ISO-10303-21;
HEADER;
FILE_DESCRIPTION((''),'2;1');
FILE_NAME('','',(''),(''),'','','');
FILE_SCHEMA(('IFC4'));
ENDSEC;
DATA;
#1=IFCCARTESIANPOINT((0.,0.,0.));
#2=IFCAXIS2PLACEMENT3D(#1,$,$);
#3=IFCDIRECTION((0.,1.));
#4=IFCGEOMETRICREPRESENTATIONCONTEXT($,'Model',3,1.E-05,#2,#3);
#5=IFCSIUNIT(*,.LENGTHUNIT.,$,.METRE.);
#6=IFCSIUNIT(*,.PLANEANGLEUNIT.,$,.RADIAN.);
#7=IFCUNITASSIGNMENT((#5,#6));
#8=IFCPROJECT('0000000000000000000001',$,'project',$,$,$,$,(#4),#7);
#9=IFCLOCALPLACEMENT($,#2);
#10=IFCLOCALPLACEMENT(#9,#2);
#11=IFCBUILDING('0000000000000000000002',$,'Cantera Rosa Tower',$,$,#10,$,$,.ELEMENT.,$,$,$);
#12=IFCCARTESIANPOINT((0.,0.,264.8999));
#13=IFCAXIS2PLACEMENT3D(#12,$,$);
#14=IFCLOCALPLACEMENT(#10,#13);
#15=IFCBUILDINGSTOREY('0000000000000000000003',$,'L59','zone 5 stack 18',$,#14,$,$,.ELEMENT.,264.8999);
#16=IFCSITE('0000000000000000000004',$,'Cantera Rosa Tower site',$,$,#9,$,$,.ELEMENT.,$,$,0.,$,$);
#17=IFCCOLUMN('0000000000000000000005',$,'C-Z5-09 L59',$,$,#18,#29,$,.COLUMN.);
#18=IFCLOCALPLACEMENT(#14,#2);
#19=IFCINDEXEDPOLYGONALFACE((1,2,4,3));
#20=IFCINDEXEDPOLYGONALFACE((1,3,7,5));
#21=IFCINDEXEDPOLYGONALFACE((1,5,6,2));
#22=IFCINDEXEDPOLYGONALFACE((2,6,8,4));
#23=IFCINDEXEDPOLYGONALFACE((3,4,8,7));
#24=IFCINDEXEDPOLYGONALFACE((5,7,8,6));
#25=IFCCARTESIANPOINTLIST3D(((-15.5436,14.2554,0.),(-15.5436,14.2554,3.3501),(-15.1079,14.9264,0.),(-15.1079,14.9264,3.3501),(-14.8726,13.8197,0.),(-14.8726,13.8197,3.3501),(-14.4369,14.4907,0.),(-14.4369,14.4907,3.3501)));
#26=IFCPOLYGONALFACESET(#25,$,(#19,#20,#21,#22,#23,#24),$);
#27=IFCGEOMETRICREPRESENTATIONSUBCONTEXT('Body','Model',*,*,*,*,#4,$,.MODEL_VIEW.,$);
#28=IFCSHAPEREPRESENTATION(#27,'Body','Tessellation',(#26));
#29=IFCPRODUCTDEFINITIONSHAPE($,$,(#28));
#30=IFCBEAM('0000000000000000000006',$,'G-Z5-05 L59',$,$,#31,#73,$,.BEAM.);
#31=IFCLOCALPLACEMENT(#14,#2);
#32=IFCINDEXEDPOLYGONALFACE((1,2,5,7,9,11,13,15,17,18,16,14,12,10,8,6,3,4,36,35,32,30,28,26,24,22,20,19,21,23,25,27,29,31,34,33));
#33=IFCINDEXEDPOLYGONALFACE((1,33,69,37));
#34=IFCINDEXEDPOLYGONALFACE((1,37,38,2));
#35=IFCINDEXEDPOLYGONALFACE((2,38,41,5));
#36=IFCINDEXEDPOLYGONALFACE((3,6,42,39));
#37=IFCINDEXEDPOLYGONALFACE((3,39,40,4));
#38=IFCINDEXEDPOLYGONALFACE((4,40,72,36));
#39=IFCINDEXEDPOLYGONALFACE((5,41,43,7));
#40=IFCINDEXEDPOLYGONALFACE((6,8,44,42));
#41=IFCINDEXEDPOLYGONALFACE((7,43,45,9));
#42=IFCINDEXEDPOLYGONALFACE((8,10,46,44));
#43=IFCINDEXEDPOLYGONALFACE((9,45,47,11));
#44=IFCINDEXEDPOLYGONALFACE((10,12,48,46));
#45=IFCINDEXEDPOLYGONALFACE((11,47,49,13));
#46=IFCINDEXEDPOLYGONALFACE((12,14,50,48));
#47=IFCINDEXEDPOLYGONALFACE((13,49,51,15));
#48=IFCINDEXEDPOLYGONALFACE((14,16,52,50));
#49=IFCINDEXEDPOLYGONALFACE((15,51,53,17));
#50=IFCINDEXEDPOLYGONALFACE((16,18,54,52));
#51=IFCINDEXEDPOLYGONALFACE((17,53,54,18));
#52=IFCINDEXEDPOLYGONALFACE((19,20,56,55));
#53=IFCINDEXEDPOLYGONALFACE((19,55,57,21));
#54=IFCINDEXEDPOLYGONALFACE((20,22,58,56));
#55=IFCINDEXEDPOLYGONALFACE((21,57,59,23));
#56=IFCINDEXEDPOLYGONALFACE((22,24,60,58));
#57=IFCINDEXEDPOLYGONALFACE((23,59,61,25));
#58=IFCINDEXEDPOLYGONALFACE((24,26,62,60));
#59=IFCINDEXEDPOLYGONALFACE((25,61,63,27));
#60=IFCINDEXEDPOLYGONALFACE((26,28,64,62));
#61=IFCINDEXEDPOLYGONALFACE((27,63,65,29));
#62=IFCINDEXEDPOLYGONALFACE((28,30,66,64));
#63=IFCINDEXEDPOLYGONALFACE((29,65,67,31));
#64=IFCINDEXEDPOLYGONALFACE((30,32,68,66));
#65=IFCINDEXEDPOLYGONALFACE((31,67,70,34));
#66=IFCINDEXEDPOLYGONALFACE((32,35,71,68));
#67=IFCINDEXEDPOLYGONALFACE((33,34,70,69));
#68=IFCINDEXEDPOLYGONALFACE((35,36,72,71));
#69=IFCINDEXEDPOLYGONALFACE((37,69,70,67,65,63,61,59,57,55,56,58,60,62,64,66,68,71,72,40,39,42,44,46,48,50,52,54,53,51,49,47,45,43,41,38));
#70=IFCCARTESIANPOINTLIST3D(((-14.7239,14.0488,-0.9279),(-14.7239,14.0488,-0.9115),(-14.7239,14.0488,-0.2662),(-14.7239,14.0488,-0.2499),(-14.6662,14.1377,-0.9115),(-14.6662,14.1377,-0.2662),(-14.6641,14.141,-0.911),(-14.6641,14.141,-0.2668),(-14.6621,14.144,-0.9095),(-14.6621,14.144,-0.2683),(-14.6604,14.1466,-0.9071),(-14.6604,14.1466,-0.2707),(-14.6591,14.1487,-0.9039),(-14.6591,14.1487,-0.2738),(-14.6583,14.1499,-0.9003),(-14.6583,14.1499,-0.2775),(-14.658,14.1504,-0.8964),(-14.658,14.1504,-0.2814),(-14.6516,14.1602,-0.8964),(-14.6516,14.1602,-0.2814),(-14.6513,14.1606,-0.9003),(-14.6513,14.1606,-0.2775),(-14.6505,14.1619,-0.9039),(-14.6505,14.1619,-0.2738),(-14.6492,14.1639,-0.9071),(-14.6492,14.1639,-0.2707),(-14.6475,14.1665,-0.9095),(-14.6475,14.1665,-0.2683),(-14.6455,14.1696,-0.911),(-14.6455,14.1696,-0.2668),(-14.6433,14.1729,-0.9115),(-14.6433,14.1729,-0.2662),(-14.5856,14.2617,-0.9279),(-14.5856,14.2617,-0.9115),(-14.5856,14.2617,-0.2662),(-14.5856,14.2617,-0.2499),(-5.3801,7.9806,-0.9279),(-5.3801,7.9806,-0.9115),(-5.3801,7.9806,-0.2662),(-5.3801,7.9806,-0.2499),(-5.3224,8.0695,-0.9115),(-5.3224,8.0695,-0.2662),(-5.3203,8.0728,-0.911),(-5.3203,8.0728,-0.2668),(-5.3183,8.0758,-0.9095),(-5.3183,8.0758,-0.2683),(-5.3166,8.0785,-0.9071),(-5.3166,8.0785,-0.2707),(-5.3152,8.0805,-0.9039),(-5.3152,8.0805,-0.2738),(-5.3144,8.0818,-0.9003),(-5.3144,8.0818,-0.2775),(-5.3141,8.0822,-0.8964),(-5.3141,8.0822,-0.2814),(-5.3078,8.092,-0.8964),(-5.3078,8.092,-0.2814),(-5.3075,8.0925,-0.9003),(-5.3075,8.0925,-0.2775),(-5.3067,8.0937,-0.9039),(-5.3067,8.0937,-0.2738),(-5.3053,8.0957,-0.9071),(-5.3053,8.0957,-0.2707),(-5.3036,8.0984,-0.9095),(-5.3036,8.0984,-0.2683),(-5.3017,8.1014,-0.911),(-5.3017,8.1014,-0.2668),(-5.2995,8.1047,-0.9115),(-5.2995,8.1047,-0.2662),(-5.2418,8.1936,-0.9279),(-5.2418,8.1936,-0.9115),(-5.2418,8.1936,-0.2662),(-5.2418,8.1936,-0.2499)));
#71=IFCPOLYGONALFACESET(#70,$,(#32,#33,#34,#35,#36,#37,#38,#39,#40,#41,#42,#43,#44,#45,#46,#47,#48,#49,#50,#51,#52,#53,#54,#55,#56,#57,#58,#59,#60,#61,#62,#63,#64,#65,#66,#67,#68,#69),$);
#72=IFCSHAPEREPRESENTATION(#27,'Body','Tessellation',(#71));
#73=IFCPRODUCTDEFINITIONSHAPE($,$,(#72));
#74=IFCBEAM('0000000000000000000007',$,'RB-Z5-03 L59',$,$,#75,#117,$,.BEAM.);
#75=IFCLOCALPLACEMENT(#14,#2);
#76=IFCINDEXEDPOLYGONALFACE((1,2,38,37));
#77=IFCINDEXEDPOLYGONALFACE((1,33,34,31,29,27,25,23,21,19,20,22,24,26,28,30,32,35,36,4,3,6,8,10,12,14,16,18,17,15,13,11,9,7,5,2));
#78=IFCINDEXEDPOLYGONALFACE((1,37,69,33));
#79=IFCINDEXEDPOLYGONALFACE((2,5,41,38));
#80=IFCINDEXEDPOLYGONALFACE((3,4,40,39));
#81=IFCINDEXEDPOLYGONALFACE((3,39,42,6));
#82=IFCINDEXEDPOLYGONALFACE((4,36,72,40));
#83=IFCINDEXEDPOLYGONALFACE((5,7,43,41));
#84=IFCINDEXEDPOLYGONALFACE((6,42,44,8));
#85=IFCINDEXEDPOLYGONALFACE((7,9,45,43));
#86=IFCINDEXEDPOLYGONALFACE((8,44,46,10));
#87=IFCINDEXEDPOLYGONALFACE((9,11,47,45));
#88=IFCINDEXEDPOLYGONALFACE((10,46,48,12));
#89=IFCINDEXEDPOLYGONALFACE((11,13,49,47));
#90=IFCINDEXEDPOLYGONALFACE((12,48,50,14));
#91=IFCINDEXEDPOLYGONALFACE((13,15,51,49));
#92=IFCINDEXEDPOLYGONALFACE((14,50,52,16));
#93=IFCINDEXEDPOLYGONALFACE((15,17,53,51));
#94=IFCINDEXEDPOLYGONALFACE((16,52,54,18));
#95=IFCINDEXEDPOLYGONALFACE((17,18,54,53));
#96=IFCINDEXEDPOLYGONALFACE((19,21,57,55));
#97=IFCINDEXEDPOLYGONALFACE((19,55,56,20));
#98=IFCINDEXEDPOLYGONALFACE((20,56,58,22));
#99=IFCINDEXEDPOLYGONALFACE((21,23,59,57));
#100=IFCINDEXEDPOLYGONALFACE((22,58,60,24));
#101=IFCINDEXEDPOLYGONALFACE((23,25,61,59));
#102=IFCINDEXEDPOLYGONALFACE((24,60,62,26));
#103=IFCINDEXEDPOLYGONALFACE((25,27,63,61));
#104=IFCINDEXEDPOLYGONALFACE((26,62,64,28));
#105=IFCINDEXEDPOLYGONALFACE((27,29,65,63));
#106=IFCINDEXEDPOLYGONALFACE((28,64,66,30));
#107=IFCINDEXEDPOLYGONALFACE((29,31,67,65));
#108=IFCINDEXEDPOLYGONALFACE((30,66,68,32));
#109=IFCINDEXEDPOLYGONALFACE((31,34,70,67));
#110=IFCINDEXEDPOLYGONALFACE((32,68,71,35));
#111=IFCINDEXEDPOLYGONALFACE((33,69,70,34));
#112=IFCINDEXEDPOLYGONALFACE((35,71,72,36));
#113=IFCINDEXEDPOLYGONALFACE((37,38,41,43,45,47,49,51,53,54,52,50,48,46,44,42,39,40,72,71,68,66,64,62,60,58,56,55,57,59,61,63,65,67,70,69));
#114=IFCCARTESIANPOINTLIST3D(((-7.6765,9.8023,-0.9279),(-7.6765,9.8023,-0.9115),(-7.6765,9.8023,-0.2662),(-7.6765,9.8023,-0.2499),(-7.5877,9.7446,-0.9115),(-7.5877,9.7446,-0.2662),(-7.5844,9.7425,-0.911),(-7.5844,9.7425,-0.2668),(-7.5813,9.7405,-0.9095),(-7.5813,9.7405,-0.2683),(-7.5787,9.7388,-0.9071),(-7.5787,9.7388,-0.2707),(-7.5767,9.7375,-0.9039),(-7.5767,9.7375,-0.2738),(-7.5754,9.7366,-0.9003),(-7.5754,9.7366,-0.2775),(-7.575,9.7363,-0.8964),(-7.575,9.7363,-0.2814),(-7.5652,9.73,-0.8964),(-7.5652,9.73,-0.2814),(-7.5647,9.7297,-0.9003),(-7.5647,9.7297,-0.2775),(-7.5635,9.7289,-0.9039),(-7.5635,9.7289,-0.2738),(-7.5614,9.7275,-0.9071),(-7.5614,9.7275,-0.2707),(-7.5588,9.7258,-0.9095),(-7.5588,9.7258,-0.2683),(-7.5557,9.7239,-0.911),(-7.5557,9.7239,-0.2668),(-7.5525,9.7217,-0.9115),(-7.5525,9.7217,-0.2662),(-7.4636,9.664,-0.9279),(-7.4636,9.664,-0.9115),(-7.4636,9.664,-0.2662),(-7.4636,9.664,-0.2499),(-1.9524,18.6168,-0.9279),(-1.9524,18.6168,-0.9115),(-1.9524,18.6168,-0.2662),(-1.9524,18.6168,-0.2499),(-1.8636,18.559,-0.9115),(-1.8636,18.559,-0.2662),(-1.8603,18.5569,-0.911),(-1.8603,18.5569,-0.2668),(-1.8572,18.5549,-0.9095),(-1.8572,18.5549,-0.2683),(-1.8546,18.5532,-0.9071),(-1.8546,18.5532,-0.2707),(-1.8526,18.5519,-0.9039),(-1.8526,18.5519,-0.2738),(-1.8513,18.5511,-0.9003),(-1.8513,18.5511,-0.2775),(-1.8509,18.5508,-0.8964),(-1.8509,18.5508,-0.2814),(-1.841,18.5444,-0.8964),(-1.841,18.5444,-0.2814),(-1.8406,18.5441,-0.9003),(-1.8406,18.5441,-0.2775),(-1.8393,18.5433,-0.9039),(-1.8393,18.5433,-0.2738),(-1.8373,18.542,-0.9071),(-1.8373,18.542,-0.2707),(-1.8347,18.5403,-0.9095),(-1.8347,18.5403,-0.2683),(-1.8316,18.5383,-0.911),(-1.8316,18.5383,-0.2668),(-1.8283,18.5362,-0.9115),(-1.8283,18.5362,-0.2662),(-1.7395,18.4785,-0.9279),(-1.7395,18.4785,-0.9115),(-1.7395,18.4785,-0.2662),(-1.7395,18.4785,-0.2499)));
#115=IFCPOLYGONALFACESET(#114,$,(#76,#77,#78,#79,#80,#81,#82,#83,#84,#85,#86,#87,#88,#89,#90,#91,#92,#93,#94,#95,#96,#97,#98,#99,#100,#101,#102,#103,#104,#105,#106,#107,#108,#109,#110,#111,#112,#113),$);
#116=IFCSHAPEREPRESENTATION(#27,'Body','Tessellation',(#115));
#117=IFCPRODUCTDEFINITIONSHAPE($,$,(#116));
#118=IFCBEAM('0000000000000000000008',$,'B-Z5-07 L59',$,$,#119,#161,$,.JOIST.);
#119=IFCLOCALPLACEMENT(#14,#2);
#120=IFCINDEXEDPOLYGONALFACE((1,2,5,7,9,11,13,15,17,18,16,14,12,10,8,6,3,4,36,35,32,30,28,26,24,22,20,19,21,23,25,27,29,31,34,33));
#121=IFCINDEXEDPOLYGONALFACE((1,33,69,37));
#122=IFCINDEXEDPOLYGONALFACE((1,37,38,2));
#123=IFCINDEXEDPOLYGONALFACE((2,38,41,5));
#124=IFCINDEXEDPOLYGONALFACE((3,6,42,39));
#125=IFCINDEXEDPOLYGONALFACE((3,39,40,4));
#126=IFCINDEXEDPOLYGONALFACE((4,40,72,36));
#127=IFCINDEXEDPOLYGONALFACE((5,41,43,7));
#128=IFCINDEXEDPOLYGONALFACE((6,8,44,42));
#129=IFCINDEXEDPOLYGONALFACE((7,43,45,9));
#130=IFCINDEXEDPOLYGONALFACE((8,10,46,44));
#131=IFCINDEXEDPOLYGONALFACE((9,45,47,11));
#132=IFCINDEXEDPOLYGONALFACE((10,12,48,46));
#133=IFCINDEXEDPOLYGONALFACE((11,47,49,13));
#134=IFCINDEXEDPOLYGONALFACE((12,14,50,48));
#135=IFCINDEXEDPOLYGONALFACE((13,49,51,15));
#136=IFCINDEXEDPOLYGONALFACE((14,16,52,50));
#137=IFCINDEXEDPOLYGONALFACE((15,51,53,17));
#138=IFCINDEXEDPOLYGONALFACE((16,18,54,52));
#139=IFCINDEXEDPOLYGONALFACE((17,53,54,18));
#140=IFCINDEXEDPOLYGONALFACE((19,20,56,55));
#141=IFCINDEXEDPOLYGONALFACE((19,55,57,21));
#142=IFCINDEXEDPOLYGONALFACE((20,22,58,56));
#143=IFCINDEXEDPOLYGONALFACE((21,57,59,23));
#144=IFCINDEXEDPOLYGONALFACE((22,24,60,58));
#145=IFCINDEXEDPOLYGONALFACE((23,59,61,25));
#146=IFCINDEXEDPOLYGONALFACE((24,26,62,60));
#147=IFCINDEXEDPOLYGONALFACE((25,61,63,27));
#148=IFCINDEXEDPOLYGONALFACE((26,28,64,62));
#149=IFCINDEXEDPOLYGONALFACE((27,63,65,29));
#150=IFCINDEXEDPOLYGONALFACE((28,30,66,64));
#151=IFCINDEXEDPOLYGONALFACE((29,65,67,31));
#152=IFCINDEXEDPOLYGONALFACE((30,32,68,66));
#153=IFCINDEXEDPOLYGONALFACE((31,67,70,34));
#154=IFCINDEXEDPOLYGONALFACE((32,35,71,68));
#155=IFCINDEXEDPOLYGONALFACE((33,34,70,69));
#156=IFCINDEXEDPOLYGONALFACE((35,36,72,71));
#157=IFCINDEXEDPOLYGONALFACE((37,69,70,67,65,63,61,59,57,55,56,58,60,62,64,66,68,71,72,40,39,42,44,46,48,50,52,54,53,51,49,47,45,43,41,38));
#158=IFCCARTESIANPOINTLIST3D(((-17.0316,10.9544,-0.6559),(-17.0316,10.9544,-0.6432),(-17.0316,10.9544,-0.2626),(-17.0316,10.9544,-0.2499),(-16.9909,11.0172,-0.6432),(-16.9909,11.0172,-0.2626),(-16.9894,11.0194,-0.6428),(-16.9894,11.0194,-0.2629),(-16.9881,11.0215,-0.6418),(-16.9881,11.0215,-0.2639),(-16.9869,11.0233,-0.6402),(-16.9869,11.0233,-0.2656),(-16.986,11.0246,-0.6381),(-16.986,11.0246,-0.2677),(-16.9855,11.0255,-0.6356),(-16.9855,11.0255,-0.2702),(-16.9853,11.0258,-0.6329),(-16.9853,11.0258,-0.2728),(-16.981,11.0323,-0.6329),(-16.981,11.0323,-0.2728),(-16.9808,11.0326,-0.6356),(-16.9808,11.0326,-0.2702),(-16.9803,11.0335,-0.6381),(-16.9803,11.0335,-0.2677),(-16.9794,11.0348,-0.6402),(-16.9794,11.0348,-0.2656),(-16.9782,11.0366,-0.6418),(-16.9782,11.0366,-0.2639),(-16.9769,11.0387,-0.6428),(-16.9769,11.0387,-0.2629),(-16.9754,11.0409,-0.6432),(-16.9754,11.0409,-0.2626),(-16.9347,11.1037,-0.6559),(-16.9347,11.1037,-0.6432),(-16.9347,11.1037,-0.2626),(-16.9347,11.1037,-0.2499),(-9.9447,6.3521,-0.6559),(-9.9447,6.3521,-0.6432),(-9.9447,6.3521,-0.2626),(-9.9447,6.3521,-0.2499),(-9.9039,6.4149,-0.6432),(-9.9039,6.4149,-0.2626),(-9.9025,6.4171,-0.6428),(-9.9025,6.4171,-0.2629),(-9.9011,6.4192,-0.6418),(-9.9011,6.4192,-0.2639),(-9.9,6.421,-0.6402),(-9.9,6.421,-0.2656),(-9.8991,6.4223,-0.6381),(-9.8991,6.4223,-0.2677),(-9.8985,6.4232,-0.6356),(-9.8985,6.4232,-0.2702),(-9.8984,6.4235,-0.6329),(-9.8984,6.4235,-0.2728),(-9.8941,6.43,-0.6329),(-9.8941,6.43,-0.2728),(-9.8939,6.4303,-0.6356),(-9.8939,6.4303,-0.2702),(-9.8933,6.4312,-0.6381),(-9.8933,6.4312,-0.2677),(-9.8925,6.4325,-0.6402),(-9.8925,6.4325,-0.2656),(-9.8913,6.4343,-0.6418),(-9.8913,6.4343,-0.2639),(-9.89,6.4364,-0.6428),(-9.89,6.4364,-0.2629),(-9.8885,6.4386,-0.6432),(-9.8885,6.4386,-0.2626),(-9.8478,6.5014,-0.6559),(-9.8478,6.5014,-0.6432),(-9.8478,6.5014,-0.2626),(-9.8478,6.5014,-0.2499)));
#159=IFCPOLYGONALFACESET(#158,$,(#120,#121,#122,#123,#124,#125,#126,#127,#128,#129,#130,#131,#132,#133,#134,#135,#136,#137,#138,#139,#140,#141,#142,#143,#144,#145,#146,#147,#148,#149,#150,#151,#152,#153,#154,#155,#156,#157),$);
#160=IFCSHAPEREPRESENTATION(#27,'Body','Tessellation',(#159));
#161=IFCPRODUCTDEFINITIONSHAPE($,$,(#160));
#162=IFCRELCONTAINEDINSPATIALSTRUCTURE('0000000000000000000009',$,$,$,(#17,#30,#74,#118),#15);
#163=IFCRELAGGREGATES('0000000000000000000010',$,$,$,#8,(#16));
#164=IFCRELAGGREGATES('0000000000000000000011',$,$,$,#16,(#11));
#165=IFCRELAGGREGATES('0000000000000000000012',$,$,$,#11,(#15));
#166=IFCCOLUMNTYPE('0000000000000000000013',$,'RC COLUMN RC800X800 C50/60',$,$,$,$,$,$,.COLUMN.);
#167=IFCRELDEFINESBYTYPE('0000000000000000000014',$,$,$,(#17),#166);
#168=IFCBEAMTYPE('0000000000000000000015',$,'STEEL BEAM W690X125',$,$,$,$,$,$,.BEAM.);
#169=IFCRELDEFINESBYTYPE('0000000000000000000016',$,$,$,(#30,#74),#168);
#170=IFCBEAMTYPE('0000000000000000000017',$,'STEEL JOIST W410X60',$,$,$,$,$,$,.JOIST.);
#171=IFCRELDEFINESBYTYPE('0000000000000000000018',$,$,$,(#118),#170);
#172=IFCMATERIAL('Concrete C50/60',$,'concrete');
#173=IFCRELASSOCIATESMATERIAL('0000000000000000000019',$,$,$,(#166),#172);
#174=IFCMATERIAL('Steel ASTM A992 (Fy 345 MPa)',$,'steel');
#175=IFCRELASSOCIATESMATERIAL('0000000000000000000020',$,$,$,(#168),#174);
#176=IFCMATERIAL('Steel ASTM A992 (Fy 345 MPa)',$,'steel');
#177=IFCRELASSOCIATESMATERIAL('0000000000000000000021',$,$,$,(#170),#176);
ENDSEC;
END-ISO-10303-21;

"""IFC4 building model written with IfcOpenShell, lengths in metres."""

from ifc_helpers import new_model, si_unit, direction, frame, origin, origin_2d, place, context, subcontext, project, spatial, rectangle, i_section, extrude, material, material_profile, profile_set, type_object, element, save


model = new_model("IFC4")

# Units and contexts
model_context = context("Model", 3, precision=1e-05, world=origin(), true_north=direction((0.0, 1.0)))
body_context = subcontext(model_context, "Body", "Model", "MODEL_VIEW")
ifc_project = project(units=[si_unit("LENGTHUNIT", "METRE"), si_unit("PLANEANGLEUNIT", "RADIAN")], contexts=[model_context])

# Site, building, storey
site_placement = place(None, origin())
site = spatial("IfcSite", under=ifc_project, at=site_placement, Name="Cantera Rosa Tower site", CompositionType="ELEMENT", RefElevation=0.0)
building_placement = place(site_placement, origin())
building = spatial("IfcBuilding", under=site, at=building_placement, Name="Cantera Rosa Tower", CompositionType="ELEMENT")
storey_placement = place(building_placement, frame((0.0, 0.0, 264.8999)))
storey = spatial("IfcBuildingStorey", under=building, at=storey_placement, Name="L59", Description="zone 5 stack 18", CompositionType="ELEMENT", Elevation=264.8999)

# Column
ifc_material_1 = material(Name="Concrete C50/60", Category="concrete")
ifc_material_profile_1 = material_profile(ifc_material_1, rectangle(XDim=0.8, YDim=0.8, at=origin_2d()), Name="RC COLUMN RC800X800 C50/60")
ifc_profile_set_1 = profile_set([ifc_material_profile_1], Name="Concrete C50/60")
column_type = type_object("IfcColumnType", Name="RC COLUMN RC800X800 C50/60", PredefinedType="COLUMN", material=ifc_profile_set_1)
column_placement = place(storey_placement, frame((-14.9902, 14.373, 0.0), z_axis=(0.0, 0.0, 1.0), x_axis=(0.544639, 0.838671, 0.0)))
element("IfcColumn", 1, at=column_placement, inside=storey, type_object=column_type, Name="C-Z5-09 L59", PredefinedType="COLUMN", context=body_context, shape_type="SweptSolid", body=[
    extrude(rectangle(XDim=0.8, YDim=0.8, at=origin_2d()), origin(), (0.0, 0.0, 1.0), 3.3501),
])

# Beams
ifc_material_2 = material(Name="Steel ASTM A992 (Fy 345 MPa)", Category="steel")
ifc_material_profile_2 = material_profile(ifc_material_2, i_section(OverallWidth=0.2539, OverallDepth=0.678, WebThickness=0.0117, FlangeThickness=0.0164, FilletRadius=0.0151, at=origin_2d()), Name="W690X125")
ifc_profile_set_2 = profile_set([ifc_material_profile_2], Name="Steel ASTM A992 (Fy 345 MPa)")
beam_type_1 = type_object("IfcBeamType", Name="STEEL BEAM W690X125", PredefinedType="BEAM", material=ifc_profile_set_2)
beam_1_placement = place(storey_placement, frame((-14.6548, 14.1553, -0.5889), z_axis=(0.838662, -0.544652, 0.0), x_axis=(0.544652, 0.838662, 0.0)))
element("IfcBeam", 2, at=beam_1_placement, inside=storey, type_object=beam_type_1, Name="G-Z5-05 L59", PredefinedType="BEAM", context=body_context, shape_type="SweptSolid", body=[
    extrude(i_section(OverallWidth=0.2539, OverallDepth=0.678, WebThickness=0.0117, FlangeThickness=0.0164, FilletRadius=0.0151, at=origin_2d()), origin(), (0.0, 0.0, 1.0), 11.1414),
])
beam_2_placement = place(storey_placement, frame((-7.5701, 9.7332, -0.5889), z_axis=(0.544636, 0.838673, 0.0), x_axis=(-0.838673, 0.544636, 0.0)))
element("IfcBeam", 3, at=beam_2_placement, inside=storey, type_object=beam_type_1, Name="RB-Z5-03 L59", PredefinedType="BEAM", context=body_context, shape_type="SweptSolid", body=[
    extrude(i_section(OverallWidth=0.2539, OverallDepth=0.678, WebThickness=0.0117, FlangeThickness=0.0164, FilletRadius=0.0151, at=origin_2d()), origin(), (0.0, 0.0, 1.0), 10.51),
])
ifc_material_3 = material(Name="Steel ASTM A992 (Fy 345 MPa)", Category="steel")
ifc_material_profile_3 = material_profile(ifc_material_3, i_section(OverallWidth=0.178, OverallDepth=0.406, WebThickness=0.0078, FlangeThickness=0.0127, FilletRadius=0.0103, at=origin_2d()), Name="W410X60")
ifc_profile_set_3 = profile_set([ifc_material_profile_3], Name="Steel ASTM A992 (Fy 345 MPa)")
beam_type_2 = type_object("IfcBeamType", Name="STEEL JOIST W410X60", PredefinedType="JOIST", material=ifc_profile_set_3)
beam_3_placement = place(storey_placement, frame((-16.9832, 11.0291, -0.4529), z_axis=(0.838671, -0.544639, 0.0), x_axis=(0.544639, 0.838671, 0.0)))
element("IfcBeam", 4, at=beam_3_placement, inside=storey, type_object=beam_type_2, Name="B-Z5-07 L59", PredefinedType="JOIST", context=body_context, shape_type="SweptSolid", body=[
    extrude(i_section(OverallWidth=0.178, OverallDepth=0.406, WebThickness=0.0078, FlangeThickness=0.0127, FilletRadius=0.0103, at=origin_2d()), origin(), (0.0, 0.0, 1.0), 8.4502),
])

save(model, "model.ifc")
